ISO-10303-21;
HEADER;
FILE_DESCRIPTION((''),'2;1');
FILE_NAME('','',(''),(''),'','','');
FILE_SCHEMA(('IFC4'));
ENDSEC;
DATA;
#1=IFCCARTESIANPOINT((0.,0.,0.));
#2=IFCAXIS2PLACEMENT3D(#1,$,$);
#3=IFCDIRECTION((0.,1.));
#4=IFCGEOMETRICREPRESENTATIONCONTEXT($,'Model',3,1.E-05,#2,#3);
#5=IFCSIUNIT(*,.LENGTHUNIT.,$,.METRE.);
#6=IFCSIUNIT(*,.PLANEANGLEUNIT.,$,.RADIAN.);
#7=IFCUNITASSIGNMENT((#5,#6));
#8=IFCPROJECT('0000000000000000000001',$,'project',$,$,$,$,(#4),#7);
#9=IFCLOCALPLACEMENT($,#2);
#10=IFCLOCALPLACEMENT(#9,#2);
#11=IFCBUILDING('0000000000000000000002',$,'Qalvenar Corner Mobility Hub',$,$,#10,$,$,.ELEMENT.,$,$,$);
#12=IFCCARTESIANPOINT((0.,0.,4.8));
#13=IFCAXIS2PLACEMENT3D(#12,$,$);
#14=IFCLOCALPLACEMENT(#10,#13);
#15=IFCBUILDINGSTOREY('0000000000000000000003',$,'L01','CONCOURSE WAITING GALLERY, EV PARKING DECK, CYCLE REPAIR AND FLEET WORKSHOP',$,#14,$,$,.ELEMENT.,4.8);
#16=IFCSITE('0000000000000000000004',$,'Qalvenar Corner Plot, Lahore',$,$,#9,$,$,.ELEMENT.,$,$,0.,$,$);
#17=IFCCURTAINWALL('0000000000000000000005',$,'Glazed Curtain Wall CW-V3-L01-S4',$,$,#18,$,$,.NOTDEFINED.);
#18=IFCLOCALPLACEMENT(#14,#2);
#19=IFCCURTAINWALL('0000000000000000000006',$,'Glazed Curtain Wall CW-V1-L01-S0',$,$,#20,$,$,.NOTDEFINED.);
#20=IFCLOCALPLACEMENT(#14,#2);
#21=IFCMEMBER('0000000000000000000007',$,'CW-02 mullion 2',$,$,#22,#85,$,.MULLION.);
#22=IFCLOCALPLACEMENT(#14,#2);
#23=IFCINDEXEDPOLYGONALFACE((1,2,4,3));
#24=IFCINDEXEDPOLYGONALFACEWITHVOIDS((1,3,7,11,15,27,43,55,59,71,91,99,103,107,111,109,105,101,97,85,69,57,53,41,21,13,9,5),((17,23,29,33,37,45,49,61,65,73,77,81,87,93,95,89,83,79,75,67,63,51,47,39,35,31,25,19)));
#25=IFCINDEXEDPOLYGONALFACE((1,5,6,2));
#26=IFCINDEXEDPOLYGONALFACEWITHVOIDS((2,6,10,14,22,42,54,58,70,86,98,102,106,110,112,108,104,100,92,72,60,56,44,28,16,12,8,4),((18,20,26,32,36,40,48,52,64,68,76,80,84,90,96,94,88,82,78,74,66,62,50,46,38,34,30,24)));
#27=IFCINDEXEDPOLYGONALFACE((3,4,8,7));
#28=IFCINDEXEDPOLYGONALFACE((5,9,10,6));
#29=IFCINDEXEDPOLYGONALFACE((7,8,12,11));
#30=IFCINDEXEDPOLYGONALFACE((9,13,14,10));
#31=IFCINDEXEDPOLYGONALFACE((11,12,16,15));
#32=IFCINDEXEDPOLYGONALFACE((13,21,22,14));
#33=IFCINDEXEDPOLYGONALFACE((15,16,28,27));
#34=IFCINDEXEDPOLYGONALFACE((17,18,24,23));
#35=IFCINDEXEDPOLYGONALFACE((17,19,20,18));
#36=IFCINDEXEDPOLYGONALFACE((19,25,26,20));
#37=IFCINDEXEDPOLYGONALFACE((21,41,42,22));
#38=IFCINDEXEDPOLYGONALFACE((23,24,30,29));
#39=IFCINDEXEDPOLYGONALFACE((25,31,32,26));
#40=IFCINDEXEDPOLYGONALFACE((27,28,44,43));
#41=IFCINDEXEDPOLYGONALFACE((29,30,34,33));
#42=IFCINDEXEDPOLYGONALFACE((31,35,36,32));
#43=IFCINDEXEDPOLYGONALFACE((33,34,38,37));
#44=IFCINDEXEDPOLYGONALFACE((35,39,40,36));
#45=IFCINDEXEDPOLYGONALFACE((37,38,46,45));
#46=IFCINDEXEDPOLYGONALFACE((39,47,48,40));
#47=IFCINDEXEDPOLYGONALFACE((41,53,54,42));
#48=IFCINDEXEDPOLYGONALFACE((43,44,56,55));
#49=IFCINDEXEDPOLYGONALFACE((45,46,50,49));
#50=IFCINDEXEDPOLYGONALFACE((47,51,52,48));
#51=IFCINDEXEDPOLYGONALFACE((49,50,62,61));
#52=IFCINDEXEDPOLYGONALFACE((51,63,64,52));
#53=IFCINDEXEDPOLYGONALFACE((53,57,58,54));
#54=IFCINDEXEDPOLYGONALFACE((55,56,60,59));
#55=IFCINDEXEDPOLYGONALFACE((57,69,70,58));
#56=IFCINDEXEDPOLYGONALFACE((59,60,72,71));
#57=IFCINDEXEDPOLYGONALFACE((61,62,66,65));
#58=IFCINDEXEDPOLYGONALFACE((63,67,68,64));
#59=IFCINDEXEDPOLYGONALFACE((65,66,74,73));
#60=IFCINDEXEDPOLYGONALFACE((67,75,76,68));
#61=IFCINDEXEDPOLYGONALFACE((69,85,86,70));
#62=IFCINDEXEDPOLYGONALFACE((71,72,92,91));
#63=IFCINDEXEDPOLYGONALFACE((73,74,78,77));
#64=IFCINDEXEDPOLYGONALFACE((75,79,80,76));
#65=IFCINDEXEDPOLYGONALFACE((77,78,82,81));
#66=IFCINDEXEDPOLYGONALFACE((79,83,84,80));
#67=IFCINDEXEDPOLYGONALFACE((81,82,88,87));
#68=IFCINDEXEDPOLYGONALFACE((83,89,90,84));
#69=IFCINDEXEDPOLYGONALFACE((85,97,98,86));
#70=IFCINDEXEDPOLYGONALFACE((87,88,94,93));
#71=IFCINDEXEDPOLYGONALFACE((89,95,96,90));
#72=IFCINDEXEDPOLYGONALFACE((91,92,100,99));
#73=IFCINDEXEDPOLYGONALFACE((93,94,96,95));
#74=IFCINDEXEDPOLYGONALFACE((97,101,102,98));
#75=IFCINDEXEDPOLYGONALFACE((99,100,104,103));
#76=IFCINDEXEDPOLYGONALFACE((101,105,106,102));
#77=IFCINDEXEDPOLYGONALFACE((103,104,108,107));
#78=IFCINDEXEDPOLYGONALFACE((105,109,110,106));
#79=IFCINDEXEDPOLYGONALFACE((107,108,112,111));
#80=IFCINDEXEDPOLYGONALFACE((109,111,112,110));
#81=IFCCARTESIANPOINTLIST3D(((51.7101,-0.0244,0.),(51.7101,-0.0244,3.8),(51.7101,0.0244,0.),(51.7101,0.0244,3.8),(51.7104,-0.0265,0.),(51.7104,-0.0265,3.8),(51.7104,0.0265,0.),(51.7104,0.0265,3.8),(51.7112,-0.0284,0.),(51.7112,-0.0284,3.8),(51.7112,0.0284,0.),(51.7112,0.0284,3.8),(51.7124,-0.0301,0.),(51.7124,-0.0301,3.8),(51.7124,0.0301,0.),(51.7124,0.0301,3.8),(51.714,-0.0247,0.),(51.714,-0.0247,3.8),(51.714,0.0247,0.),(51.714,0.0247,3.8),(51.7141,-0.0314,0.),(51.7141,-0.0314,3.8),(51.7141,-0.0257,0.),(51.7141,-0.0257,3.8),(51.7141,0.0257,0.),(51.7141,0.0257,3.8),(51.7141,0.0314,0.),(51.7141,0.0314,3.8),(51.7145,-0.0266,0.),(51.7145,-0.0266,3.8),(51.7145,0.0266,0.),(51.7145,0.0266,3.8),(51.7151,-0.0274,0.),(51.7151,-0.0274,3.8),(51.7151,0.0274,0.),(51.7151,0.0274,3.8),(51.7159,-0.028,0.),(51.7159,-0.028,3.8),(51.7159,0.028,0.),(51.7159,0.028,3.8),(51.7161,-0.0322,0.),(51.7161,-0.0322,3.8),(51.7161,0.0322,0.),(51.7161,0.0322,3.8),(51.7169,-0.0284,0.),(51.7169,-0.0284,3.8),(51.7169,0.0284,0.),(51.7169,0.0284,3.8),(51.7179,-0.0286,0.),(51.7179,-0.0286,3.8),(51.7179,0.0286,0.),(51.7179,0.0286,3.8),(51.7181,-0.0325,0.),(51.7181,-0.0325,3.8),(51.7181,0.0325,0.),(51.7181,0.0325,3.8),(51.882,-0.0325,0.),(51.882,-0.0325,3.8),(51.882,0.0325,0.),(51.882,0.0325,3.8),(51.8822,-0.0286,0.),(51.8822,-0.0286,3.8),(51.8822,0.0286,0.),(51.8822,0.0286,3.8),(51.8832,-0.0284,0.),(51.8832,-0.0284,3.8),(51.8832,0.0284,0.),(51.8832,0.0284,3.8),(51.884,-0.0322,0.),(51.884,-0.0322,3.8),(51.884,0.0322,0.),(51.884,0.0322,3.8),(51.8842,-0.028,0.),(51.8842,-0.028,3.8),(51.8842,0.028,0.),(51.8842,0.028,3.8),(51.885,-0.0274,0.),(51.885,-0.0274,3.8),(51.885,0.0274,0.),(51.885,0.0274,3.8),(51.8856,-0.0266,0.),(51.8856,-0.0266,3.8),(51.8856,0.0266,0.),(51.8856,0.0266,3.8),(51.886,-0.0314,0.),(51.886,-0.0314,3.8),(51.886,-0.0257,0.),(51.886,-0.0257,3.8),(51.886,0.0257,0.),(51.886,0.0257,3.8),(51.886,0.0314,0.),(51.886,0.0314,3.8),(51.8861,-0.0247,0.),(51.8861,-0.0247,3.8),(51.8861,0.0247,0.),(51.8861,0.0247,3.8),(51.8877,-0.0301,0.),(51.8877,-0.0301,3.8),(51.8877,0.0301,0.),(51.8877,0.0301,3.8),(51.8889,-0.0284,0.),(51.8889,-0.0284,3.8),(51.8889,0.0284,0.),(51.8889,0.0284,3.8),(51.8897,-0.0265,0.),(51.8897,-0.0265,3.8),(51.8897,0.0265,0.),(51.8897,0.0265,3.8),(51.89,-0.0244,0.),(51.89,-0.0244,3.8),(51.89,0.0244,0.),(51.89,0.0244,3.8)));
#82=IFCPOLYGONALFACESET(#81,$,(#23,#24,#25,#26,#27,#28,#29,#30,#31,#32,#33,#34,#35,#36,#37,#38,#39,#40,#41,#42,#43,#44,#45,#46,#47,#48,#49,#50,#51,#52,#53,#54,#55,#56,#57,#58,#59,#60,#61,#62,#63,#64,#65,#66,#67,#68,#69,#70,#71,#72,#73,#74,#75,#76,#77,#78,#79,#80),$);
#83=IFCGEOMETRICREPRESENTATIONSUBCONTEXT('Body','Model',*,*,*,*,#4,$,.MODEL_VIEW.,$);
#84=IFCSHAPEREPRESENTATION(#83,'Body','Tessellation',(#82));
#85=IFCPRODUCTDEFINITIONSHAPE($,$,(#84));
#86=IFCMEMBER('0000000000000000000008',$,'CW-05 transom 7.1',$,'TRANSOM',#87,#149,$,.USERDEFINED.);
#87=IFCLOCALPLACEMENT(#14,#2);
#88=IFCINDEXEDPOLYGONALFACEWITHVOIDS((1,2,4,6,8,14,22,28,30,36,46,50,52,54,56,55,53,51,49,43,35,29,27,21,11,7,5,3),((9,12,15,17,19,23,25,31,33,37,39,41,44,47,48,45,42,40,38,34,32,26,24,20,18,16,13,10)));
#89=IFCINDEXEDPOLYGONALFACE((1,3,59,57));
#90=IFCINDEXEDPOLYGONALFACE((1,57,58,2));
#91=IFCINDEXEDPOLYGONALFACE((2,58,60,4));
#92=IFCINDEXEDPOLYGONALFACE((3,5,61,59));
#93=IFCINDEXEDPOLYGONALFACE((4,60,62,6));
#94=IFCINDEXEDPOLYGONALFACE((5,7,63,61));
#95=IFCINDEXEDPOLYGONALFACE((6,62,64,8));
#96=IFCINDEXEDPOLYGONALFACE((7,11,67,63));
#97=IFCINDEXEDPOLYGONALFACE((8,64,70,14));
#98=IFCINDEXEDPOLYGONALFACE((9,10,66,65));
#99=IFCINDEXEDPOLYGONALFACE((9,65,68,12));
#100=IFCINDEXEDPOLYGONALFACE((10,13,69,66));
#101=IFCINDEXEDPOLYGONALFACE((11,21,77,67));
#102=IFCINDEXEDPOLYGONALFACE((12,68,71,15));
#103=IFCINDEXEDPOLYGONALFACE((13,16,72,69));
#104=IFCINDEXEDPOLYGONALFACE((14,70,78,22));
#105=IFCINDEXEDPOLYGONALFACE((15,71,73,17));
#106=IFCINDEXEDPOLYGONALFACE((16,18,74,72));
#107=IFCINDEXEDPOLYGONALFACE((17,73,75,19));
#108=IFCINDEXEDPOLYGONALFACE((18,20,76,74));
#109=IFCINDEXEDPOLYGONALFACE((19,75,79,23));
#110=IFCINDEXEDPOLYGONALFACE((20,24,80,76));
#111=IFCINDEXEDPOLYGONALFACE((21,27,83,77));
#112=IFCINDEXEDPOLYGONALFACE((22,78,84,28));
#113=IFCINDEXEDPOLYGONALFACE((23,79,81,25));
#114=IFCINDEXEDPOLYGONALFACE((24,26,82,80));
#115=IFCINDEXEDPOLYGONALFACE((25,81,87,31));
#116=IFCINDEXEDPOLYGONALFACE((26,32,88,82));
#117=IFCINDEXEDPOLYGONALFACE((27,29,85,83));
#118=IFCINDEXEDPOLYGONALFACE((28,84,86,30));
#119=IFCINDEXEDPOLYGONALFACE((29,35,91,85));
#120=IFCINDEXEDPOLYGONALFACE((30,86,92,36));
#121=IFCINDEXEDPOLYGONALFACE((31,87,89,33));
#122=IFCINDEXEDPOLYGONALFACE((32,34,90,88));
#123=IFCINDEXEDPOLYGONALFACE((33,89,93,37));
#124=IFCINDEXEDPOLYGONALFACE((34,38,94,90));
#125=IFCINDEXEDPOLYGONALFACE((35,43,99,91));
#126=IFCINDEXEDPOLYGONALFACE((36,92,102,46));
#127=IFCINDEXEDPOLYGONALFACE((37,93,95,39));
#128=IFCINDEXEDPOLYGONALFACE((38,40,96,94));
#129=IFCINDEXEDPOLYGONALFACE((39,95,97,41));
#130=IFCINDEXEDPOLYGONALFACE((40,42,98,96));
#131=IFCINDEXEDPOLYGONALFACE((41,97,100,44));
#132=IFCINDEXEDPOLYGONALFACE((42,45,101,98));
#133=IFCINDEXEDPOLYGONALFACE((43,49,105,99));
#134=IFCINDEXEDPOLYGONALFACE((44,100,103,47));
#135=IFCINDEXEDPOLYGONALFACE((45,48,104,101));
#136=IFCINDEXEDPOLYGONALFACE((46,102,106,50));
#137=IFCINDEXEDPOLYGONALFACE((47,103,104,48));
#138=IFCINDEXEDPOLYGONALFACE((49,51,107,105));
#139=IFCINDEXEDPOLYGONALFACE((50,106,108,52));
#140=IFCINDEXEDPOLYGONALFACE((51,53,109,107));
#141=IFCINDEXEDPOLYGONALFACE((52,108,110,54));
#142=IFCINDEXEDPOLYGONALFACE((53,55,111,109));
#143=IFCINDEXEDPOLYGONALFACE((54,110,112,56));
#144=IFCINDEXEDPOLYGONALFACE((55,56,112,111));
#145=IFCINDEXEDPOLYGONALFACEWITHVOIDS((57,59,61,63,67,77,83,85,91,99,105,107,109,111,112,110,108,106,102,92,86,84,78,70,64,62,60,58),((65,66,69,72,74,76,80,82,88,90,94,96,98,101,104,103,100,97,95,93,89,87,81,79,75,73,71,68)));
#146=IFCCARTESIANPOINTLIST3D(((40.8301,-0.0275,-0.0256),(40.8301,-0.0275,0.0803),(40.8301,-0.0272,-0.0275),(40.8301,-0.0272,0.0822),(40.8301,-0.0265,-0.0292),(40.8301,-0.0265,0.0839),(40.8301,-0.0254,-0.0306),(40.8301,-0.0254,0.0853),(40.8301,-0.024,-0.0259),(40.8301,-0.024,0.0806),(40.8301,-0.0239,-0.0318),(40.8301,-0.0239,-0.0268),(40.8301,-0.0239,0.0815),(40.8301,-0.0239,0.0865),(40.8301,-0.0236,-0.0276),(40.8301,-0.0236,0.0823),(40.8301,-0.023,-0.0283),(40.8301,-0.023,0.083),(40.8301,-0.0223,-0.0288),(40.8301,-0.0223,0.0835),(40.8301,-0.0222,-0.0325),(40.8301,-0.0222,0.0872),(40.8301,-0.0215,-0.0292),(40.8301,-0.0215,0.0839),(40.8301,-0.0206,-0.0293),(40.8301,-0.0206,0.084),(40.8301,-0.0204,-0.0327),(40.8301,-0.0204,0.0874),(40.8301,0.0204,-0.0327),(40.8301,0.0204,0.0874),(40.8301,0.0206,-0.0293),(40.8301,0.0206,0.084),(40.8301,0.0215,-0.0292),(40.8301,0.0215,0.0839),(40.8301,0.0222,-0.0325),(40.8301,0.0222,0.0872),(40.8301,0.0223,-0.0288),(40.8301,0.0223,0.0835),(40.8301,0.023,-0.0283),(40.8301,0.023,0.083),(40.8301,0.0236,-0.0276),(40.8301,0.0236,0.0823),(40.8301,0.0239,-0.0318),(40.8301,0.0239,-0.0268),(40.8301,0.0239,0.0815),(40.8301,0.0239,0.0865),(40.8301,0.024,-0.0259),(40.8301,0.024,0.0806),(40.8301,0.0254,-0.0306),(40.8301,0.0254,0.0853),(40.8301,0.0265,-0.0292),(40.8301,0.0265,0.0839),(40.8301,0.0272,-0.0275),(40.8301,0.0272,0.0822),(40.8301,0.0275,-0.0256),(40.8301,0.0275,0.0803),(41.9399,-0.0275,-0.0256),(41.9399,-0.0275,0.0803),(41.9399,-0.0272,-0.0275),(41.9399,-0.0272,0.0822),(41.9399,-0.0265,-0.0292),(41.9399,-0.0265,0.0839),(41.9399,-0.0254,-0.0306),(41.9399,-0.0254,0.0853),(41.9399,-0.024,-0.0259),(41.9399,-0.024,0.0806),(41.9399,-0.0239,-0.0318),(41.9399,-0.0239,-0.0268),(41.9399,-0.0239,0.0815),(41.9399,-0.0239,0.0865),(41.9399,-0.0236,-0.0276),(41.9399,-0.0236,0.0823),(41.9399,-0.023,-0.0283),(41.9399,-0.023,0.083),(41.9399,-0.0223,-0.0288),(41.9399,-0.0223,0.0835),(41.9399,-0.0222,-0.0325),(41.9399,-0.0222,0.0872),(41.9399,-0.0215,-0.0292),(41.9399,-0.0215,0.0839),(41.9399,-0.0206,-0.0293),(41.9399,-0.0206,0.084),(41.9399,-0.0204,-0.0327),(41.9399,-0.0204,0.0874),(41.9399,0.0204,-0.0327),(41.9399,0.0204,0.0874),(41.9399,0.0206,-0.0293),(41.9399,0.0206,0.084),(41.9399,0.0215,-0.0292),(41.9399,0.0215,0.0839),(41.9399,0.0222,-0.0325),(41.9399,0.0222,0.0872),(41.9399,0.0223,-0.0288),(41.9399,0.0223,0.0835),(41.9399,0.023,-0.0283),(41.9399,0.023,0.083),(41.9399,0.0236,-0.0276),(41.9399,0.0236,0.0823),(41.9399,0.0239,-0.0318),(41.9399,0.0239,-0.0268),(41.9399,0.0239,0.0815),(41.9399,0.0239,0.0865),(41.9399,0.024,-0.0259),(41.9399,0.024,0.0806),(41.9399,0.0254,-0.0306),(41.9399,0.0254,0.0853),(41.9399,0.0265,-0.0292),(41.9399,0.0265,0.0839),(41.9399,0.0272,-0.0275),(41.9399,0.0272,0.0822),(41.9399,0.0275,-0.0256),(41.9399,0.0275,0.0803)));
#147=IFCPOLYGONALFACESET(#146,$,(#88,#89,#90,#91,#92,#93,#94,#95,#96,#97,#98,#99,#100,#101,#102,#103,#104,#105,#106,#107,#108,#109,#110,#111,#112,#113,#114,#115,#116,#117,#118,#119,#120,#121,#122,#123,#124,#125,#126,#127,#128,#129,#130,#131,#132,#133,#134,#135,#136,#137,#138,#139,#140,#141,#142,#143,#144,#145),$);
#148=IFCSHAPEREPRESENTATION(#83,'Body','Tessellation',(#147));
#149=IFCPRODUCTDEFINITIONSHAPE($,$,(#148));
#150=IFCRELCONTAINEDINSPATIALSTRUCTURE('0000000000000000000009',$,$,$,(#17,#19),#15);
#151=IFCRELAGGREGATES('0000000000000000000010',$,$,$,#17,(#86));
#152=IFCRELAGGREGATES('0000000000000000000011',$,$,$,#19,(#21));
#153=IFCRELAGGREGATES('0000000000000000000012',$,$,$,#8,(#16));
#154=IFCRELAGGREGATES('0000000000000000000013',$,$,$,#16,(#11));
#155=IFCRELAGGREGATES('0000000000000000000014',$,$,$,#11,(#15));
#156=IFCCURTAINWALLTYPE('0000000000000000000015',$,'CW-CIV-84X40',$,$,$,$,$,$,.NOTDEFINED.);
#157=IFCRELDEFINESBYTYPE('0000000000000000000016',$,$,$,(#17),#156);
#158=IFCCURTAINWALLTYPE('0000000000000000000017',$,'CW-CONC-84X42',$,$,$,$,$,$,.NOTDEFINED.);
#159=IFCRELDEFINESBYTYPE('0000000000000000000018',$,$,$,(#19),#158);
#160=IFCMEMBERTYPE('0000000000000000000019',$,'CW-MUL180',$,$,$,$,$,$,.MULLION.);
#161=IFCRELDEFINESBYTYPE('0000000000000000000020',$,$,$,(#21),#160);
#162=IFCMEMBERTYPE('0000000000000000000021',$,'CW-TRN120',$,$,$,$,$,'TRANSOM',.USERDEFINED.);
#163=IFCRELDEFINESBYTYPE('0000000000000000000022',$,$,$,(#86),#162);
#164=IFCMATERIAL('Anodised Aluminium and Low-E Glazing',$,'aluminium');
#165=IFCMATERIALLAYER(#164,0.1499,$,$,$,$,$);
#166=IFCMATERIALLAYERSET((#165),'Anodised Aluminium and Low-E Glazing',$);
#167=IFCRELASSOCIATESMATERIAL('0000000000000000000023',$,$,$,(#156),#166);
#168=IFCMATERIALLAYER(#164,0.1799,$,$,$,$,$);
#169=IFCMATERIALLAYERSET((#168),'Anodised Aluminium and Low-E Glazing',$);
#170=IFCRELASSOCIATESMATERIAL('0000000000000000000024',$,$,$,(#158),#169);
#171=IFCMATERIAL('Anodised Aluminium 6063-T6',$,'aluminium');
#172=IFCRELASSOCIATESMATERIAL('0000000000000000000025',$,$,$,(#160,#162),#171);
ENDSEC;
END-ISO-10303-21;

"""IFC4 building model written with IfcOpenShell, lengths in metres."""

from ifc_helpers import new_model, si_unit, direction, frame, origin, origin_2d, place, context, subcontext, project, spatial, hollow_rectangle, extrude, material, layer, layer_set, material_profile, profile_set, type_object, element, aggregate, save


model = new_model("IFC4")

# Units and contexts
model_context = context("Model", 3, precision=1e-05, world=origin(), true_north=direction((0.0, 1.0)))
body_context = subcontext(model_context, "Body", "Model", "MODEL_VIEW")
ifc_project = project(units=[si_unit("LENGTHUNIT", "METRE"), si_unit("PLANEANGLEUNIT", "RADIAN")], contexts=[model_context])

# Site, building, storey
site_placement = place(None, origin())
site = spatial("IfcSite", under=ifc_project, at=site_placement, Name="Qalvenar Corner Plot, Lahore", CompositionType="ELEMENT", RefElevation=0.0)
building_placement = place(site_placement, origin())
building = spatial("IfcBuilding", under=site, at=building_placement, Name="Qalvenar Corner Mobility Hub", CompositionType="ELEMENT")
storey_placement = place(building_placement, frame((0.0, 0.0, 4.8)))
storey = spatial("IfcBuildingStorey", under=building, at=storey_placement, Name="L01", Description="CONCOURSE WAITING GALLERY, EV PARKING DECK, CYCLE REPAIR AND FLEET WORKSHOP", CompositionType="ELEMENT", Elevation=4.8)

# Curtain walls, member
ifc_material_1 = material(Name="Anodised Aluminium and Low-E Glazing", Category="aluminium")
ifc_layer_1 = layer(ifc_material_1, 0.1499)
ifc_layer_set_1 = layer_set([ifc_layer_1], Name="Anodised Aluminium and Low-E Glazing")
curtain_wall_type_1 = type_object("IfcCurtainWallType", Name="CW-CIV-84X40", PredefinedType="NOTDEFINED", material=ifc_layer_set_1)
curtain_wall_1_placement = place(storey_placement, origin())
curtain_wall_1 = element("IfcCurtainWall", 1, at=curtain_wall_1_placement, inside=storey, type_object=curtain_wall_type_1, Name="Glazed Curtain Wall CW-V3-L01-S4", PredefinedType="NOTDEFINED")
ifc_material_2 = material(Name="Anodised Aluminium 6063-T6", Category="aluminium")
ifc_layer_2 = layer(ifc_material_1, 0.1799)
ifc_layer_set_2 = layer_set([ifc_layer_2], Name="Anodised Aluminium and Low-E Glazing")
curtain_wall_type_2 = type_object("IfcCurtainWallType", Name="CW-CONC-84X42", PredefinedType="NOTDEFINED", material=ifc_layer_set_2)
curtain_wall_2_placement = place(storey_placement, origin())
curtain_wall_2 = element("IfcCurtainWall", 2, at=curtain_wall_2_placement, inside=storey, type_object=curtain_wall_type_2, Name="Glazed Curtain Wall CW-V1-L01-S0", PredefinedType="NOTDEFINED")
ifc_material_profile_1 = material_profile(ifc_material_2, hollow_rectangle(XDim=0.0649, YDim=0.1799, WallThickness=0.0039, InnerFilletRadius=0.0039, OuterFilletRadius=0.0081, at=origin_2d()), Name="RHS180x65x4")
ifc_profile_set_1 = profile_set([ifc_material_profile_1], Name="Anodised Aluminium 6063-T6")
member_type_1 = type_object("IfcMemberType", Name="CW-MUL180", PredefinedType="MULLION", material=ifc_profile_set_1)
member_1_placement = place(storey_placement, frame((51.8, 0.0, 0.0), z_axis=(0.0, 0.0, 1.0), x_axis=(0.0, 1.0, 0.0)))
member_1 = element("IfcMember", 3, at=member_1_placement, type_object=member_type_1, Name="CW-02 mullion 2", PredefinedType="MULLION", context=body_context, shape_type="SweptSolid", body=[
    extrude(hollow_rectangle(XDim=0.0649, YDim=0.1799, WallThickness=0.0039, InnerFilletRadius=0.0039, OuterFilletRadius=0.0081, at=origin_2d()), origin(), (0.0, 0.0, 1.0), 3.8),
])

# Member
ifc_material_profile_2 = material_profile(ifc_material_2, hollow_rectangle(XDim=0.0549, YDim=0.1201, WallThickness=0.0034, InnerFilletRadius=0.0034, OuterFilletRadius=0.0071, at=origin_2d()), Name="RHS120x55x3.5")
ifc_profile_set_2 = profile_set([ifc_material_profile_2], Name="Anodised Aluminium 6063-T6")
member_type_2 = type_object("IfcMemberType", Name="CW-TRN120", ElementType="TRANSOM", PredefinedType="USERDEFINED", material=ifc_profile_set_2)
member_2_placement = place(storey_placement, frame((40.8301, 0.0, 0.0273), z_axis=(1.0, 0.0, 0.0), x_axis=(0.0, 1.0, 0.0)))
member_2 = element("IfcMember", 4, at=member_2_placement, type_object=member_type_2, Name="CW-05 transom 7.1", ObjectType="TRANSOM", PredefinedType="USERDEFINED", context=body_context, shape_type="SweptSolid", body=[
    extrude(hollow_rectangle(XDim=0.0549, YDim=0.1201, WallThickness=0.0034, InnerFilletRadius=0.0034, OuterFilletRadius=0.0071, at=origin_2d()), origin(), (0.0, 0.0, 1.0), 1.1099),
])

aggregate(curtain_wall_1, [member_2])
aggregate(curtain_wall_2, [member_1])

save(model, "model.ifc")
